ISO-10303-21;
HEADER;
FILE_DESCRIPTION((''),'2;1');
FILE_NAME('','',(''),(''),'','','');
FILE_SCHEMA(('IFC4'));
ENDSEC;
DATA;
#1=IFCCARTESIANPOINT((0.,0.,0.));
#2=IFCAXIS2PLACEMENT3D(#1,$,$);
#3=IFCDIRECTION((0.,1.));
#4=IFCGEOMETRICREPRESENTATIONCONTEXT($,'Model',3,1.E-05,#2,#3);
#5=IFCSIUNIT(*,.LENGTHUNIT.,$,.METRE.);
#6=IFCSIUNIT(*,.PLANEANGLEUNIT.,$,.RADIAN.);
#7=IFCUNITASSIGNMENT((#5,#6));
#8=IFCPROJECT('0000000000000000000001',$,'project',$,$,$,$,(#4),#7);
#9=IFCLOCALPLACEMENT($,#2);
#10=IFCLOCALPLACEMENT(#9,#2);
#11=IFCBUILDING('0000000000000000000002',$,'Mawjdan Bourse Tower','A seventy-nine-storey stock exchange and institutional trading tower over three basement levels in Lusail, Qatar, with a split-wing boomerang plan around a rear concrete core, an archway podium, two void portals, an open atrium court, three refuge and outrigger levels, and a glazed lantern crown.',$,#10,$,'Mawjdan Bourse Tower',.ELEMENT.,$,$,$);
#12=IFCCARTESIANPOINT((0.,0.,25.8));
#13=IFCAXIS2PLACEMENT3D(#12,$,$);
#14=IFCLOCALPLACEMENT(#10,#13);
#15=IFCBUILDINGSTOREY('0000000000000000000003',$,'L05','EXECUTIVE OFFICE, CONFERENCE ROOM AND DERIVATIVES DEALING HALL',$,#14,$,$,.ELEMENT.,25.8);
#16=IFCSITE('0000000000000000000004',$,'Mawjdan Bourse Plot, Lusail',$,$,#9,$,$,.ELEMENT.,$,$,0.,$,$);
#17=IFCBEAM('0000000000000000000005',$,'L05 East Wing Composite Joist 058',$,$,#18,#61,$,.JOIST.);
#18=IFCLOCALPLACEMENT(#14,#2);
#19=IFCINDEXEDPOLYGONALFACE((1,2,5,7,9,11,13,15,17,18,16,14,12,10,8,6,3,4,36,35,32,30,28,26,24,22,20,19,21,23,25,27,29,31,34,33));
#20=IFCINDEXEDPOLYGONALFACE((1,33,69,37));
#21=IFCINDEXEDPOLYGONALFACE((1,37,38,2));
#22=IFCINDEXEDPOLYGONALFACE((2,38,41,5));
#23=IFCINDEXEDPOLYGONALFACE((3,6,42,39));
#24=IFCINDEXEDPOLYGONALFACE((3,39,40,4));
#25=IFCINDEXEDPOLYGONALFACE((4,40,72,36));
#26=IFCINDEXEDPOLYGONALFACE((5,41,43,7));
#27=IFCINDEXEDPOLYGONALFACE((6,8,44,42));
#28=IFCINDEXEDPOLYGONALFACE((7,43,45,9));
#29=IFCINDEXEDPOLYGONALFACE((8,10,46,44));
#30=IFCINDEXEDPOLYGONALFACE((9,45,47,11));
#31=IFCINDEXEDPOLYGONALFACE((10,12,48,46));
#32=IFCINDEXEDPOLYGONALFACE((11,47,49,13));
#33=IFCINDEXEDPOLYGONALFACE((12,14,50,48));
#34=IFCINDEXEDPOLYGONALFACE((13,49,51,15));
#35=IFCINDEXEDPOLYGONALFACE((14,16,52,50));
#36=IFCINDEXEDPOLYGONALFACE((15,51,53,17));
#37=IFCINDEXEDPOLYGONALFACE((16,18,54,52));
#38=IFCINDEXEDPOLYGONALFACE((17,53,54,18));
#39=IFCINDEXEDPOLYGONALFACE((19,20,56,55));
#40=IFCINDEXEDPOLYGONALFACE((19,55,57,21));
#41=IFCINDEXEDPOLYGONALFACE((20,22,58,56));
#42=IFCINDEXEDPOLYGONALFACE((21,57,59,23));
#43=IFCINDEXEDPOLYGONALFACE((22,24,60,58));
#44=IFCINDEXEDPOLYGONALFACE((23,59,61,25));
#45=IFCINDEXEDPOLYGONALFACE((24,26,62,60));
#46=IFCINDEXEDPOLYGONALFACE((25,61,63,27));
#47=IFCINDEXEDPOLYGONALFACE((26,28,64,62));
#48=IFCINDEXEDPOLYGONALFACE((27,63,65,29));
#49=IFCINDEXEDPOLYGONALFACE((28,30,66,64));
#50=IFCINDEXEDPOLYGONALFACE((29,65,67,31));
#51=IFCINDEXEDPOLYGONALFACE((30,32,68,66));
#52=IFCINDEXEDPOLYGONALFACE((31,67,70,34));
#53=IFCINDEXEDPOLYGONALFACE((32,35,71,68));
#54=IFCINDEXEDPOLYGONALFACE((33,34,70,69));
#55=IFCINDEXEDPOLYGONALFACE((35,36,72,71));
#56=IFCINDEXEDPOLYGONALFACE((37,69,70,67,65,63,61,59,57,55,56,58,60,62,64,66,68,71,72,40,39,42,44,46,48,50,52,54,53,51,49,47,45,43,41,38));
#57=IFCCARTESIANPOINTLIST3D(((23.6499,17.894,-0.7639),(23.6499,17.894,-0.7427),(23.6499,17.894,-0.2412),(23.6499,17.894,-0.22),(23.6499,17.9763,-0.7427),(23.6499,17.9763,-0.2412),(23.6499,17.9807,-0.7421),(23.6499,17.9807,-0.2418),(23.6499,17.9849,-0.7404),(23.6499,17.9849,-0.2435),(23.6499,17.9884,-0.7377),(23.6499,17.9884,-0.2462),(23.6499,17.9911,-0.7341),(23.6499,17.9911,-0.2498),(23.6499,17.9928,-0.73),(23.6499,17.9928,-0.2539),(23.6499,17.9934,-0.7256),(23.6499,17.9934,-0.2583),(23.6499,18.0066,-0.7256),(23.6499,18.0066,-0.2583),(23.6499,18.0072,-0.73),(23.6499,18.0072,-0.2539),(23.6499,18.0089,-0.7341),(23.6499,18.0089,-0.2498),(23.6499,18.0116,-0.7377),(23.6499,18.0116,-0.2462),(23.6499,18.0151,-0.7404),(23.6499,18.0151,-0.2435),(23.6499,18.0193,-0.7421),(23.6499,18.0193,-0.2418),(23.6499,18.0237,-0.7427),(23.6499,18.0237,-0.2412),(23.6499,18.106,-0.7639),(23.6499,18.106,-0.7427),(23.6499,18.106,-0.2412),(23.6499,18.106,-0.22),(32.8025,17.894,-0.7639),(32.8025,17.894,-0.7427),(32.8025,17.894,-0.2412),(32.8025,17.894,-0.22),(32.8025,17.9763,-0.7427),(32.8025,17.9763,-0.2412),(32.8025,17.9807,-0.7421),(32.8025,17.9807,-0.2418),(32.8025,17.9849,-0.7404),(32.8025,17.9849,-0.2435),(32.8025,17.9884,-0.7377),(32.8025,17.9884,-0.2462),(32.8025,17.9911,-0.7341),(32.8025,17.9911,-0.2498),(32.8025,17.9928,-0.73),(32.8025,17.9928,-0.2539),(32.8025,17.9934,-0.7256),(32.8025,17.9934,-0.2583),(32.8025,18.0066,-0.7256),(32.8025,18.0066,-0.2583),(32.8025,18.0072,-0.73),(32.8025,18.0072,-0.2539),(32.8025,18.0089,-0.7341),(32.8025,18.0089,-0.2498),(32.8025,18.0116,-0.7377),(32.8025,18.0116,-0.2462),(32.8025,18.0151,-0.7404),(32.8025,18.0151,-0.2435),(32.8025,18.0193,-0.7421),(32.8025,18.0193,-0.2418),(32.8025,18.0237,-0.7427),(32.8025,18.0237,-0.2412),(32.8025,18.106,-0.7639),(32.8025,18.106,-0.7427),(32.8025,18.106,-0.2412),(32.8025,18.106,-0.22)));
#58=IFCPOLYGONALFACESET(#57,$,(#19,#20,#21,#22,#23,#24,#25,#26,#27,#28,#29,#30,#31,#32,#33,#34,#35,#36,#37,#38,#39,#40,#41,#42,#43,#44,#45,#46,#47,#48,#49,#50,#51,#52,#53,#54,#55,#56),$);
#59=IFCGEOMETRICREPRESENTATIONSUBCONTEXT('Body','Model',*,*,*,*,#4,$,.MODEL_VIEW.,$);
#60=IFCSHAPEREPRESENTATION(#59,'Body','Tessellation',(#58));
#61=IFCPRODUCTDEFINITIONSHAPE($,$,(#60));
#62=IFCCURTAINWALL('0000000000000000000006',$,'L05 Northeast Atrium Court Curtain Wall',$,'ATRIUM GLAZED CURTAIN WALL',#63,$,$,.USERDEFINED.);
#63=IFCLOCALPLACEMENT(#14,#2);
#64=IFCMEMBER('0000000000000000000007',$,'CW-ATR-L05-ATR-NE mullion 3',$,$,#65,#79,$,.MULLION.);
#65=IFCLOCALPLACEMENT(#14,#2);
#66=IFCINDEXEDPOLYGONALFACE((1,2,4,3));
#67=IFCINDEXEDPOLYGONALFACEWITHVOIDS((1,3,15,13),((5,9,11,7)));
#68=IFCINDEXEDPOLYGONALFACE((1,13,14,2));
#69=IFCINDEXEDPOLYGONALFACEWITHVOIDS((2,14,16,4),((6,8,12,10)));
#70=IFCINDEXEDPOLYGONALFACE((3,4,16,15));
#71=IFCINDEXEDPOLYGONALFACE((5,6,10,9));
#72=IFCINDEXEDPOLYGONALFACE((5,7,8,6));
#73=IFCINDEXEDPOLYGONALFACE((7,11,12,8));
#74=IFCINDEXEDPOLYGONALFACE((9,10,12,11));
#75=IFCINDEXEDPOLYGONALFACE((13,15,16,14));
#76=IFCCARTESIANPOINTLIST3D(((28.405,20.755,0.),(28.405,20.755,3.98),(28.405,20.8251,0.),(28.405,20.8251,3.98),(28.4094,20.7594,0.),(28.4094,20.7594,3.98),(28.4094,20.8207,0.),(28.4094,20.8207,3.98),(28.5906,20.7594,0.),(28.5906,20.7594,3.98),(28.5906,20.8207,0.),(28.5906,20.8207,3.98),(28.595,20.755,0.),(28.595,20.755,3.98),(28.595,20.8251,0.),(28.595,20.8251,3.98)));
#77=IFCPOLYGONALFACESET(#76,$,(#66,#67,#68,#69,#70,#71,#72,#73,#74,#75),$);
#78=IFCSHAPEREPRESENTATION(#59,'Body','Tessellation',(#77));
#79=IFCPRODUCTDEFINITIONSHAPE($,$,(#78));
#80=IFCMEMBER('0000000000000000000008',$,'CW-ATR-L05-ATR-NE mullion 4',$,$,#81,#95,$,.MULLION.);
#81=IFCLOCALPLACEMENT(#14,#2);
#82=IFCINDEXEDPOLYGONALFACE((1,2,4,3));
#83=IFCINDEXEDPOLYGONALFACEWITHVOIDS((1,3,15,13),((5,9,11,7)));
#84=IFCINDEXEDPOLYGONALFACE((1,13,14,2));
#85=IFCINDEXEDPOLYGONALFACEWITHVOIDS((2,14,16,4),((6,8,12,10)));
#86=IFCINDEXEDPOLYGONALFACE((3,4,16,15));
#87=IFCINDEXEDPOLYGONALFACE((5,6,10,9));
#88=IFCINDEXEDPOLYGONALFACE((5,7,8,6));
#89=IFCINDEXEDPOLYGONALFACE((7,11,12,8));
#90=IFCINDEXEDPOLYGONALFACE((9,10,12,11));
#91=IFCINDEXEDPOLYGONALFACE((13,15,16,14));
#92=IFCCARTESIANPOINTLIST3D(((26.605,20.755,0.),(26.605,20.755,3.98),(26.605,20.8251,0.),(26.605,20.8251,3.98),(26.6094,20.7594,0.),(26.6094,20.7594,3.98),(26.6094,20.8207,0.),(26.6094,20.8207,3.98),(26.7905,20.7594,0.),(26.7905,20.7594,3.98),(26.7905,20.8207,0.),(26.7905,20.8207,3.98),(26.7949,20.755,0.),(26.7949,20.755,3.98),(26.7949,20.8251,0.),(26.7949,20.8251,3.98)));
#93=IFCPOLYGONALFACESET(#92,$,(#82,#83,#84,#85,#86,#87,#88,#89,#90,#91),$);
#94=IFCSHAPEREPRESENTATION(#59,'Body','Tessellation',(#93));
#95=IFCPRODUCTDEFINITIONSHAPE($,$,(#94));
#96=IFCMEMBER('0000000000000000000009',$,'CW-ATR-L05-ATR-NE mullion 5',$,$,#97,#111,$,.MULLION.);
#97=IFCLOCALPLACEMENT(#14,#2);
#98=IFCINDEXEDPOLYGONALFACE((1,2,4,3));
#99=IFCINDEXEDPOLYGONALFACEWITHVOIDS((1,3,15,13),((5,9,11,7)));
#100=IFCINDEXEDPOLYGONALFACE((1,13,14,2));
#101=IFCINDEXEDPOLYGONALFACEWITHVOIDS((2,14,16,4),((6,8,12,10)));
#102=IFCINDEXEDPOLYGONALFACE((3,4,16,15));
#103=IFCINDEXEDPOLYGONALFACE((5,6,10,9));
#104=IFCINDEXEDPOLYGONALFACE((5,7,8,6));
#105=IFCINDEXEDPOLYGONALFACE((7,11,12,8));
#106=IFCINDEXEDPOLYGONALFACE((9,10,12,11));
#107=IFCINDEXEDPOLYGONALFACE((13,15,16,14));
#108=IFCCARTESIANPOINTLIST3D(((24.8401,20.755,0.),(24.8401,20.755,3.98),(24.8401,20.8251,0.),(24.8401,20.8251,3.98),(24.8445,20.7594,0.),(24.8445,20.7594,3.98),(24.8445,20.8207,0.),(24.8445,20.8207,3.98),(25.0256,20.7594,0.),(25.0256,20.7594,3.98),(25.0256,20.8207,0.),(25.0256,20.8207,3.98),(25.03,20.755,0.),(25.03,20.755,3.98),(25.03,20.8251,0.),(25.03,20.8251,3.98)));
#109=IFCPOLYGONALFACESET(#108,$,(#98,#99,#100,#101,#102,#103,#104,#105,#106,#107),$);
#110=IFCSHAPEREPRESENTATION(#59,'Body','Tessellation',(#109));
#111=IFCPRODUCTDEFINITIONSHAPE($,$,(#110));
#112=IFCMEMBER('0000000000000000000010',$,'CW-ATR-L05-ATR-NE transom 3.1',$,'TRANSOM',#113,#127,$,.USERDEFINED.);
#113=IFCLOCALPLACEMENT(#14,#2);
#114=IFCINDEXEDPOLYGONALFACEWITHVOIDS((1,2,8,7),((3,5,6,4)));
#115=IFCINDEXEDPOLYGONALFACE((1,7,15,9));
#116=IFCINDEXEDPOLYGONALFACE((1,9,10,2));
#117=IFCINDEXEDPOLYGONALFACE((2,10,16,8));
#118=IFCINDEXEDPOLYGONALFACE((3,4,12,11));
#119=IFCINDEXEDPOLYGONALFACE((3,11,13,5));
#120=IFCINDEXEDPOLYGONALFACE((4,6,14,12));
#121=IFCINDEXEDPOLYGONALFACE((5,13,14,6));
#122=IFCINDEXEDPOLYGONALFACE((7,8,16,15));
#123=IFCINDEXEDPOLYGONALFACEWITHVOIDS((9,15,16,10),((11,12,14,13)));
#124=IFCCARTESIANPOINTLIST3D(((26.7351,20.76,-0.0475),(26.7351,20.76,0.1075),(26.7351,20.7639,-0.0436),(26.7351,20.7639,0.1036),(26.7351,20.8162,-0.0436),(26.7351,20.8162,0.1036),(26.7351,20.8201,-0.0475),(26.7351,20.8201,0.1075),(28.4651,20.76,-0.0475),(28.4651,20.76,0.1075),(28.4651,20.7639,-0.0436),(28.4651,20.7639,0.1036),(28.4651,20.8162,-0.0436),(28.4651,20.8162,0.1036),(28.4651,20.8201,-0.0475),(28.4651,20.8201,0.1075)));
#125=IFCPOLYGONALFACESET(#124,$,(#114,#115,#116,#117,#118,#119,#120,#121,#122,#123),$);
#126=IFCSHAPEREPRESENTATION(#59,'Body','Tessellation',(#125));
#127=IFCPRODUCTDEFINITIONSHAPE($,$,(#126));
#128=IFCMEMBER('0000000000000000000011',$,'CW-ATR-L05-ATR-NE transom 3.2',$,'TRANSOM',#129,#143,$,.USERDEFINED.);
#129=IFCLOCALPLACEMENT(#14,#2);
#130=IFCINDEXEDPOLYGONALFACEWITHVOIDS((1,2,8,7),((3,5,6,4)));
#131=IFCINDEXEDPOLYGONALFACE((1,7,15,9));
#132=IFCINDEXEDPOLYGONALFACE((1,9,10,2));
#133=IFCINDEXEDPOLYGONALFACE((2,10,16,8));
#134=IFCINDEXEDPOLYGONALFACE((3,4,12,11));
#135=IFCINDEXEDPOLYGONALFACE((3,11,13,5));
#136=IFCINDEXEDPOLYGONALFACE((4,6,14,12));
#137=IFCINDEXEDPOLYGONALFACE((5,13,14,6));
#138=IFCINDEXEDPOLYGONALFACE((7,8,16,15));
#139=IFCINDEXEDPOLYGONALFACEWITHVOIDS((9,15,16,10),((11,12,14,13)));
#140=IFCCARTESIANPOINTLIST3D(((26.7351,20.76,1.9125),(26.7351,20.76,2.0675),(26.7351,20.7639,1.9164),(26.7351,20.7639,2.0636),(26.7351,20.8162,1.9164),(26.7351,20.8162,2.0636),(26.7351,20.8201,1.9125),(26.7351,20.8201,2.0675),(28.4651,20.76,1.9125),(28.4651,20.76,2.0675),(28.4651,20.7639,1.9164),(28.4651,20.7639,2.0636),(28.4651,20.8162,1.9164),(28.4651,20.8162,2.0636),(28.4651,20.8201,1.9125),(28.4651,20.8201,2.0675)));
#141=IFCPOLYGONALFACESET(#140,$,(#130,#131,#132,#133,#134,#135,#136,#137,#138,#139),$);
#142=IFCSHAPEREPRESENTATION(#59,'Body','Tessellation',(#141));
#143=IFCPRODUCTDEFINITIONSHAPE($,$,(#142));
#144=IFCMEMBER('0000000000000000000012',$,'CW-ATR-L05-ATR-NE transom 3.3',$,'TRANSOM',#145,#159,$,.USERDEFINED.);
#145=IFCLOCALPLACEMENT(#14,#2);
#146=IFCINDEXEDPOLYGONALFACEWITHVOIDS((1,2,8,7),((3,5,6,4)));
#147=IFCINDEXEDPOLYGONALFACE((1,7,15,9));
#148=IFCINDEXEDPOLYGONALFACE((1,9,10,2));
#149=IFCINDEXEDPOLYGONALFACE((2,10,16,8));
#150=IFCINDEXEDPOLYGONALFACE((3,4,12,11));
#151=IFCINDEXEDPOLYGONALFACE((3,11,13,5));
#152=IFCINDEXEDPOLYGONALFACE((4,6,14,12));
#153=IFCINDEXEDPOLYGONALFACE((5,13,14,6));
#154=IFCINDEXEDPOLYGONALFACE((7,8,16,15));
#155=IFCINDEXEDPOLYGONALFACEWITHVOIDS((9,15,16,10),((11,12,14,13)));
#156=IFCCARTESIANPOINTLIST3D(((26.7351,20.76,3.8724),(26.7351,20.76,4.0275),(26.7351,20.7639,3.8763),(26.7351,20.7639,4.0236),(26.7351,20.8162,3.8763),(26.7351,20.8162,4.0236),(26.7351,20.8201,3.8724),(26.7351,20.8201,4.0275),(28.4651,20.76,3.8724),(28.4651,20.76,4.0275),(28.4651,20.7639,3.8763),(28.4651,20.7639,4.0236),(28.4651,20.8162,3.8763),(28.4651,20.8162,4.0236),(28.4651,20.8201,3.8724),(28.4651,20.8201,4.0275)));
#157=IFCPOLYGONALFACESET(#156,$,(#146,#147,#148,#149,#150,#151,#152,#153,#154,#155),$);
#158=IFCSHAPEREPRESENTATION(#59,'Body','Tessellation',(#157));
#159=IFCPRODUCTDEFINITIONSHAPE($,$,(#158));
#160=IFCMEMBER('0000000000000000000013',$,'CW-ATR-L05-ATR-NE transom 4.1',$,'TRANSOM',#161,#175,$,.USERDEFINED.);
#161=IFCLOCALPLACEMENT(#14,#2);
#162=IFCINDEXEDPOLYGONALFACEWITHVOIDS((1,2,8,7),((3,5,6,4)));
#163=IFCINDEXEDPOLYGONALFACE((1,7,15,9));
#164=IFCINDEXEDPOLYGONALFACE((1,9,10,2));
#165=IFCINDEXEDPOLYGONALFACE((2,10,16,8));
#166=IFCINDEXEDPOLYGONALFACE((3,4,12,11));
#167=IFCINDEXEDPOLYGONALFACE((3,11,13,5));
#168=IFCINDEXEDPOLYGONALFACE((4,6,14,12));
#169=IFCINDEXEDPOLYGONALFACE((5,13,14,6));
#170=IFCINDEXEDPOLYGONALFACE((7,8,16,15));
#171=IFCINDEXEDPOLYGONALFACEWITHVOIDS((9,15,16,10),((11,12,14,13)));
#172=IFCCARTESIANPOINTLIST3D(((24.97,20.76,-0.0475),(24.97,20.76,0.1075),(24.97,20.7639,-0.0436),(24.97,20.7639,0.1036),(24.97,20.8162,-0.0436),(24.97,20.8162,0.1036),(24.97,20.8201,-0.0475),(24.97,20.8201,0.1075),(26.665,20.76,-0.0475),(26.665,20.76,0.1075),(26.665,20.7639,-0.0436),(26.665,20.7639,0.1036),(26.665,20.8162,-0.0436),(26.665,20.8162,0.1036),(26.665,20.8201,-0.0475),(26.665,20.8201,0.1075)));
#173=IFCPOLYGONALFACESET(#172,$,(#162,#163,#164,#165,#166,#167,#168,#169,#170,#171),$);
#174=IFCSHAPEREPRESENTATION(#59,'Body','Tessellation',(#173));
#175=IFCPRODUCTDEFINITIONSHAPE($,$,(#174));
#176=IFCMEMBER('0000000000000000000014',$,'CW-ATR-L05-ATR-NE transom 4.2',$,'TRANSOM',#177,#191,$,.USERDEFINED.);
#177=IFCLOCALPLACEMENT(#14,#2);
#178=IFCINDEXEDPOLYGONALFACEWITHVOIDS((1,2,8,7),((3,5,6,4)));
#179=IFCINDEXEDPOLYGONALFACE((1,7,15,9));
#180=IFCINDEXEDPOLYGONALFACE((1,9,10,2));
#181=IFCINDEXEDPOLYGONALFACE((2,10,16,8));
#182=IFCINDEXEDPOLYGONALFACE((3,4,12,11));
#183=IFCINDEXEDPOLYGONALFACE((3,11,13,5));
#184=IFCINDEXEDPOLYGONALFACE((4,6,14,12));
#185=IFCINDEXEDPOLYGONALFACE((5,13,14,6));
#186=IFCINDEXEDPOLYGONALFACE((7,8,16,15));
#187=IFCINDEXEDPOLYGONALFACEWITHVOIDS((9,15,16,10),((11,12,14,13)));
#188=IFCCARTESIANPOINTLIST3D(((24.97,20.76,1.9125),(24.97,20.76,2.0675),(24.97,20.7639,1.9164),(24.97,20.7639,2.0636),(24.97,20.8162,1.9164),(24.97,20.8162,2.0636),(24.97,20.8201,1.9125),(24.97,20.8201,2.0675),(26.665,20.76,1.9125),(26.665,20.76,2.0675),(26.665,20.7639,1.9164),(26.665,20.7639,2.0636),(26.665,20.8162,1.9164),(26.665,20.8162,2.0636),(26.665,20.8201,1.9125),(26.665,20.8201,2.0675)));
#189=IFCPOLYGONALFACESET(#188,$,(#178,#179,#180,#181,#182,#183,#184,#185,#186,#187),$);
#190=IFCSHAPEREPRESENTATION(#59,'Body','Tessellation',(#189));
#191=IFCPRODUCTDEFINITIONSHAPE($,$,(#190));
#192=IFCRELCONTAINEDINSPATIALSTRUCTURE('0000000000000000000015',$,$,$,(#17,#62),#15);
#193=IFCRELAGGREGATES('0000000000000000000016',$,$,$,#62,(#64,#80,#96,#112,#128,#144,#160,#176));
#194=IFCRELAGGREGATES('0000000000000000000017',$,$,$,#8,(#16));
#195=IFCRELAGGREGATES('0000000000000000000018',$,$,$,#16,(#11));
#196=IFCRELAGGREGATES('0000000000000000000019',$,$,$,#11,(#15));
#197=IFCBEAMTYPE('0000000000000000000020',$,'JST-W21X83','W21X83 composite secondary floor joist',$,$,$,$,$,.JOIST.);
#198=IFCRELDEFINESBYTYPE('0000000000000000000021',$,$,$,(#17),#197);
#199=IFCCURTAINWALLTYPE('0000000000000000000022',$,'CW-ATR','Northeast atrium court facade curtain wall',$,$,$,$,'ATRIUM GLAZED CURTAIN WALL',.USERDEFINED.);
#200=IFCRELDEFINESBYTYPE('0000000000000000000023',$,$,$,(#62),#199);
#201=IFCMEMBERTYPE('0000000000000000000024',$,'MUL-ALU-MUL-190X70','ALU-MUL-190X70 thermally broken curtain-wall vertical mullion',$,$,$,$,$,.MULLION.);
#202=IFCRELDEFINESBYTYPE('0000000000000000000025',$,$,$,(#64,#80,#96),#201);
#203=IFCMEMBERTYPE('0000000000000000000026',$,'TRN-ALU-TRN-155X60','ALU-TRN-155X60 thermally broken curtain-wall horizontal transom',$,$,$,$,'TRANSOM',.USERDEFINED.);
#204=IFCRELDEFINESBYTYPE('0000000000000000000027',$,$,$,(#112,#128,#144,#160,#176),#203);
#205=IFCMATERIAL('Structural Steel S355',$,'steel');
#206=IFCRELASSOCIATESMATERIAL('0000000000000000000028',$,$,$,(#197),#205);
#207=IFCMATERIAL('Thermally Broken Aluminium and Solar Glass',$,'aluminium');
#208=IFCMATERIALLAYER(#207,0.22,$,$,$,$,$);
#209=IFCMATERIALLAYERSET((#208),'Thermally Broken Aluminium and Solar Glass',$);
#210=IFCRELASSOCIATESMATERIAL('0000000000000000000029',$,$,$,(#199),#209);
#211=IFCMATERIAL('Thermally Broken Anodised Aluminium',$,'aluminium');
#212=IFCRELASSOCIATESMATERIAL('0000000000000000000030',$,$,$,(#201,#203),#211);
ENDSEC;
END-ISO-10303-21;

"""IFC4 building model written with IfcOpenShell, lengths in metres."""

from ifc_helpers import new_model, si_unit, direction, frame, origin, origin_2d, place, context, subcontext, project, spatial, hollow_rectangle, i_section, extrude, material, layer, layer_set, material_profile, profile_set, type_object, element, aggregate, save


model = new_model("IFC4")

# Units and contexts
model_context = context("Model", 3, precision=1e-05, world=origin(), true_north=direction((0.0, 1.0)))
body_context = subcontext(model_context, "Body", "Model", "MODEL_VIEW")
ifc_project = project(units=[si_unit("LENGTHUNIT", "METRE"), si_unit("PLANEANGLEUNIT", "RADIAN")], contexts=[model_context])

# Site, building, storey
site_placement = place(None, origin())
site = spatial("IfcSite", under=ifc_project, at=site_placement, Name="Mawjdan Bourse Plot, Lusail", CompositionType="ELEMENT", RefElevation=0.0)
building_placement = place(site_placement, origin())
building = spatial("IfcBuilding", under=site, at=building_placement, Name="Mawjdan Bourse Tower", Description="A seventy-nine-storey stock exchange and institutional trading tower over three basement levels in Lusail, Qatar, with a split-wing boomerang plan around a rear concrete core, an archway podium, two void portals, an open atrium court, three refuge and outrigger levels, and a glazed lantern crown.", LongName="Mawjdan Bourse Tower", CompositionType="ELEMENT")
storey_placement = place(building_placement, frame((0.0, 0.0, 25.8)))
storey = spatial("IfcBuildingStorey", under=building, at=storey_placement, Name="L05", Description="EXECUTIVE OFFICE, CONFERENCE ROOM AND DERIVATIVES DEALING HALL", CompositionType="ELEMENT", Elevation=25.8)

# Beam
ifc_material_1 = material(Name="Structural Steel S355", Category="steel")
ifc_material_profile_1 = material_profile(ifc_material_1, i_section(OverallWidth=0.2119, OverallDepth=0.5439, WebThickness=0.0132, FlangeThickness=0.0212, FilletRadius=0.0171, at=origin_2d()), Name="W21X83")
ifc_profile_set_1 = profile_set([ifc_material_profile_1], Name="Structural Steel S355")
beam_type = type_object("IfcBeamType", Name="JST-W21X83", Description="W21X83 composite secondary floor joist", PredefinedType="JOIST", material=ifc_profile_set_1)
beam_placement = place(storey_placement, frame((23.6499, 18.0, -0.4919), z_axis=(1.0, 0.0, 0.0), x_axis=(0.0, 1.0, 0.0)))
element("IfcBeam", 1, at=beam_placement, inside=storey, type_object=beam_type, Name="L05 East Wing Composite Joist 058", PredefinedType="JOIST", context=body_context, shape_type="SweptSolid", body=[
    extrude(i_section(OverallWidth=0.2119, OverallDepth=0.5439, WebThickness=0.0132, FlangeThickness=0.0212, FilletRadius=0.0171, at=origin_2d()), origin(), (0.0, 0.0, 1.0), 9.1526),
])

# Curtain wall, members
ifc_material_2 = material(Name="Thermally Broken Aluminium and Solar Glass", Category="aluminium")
ifc_layer_1 = layer(ifc_material_2, 0.22)
ifc_layer_set_1 = layer_set([ifc_layer_1], Name="Thermally Broken Aluminium and Solar Glass")
curtain_wall_type = type_object("IfcCurtainWallType", Name="CW-ATR", Description="Northeast atrium court facade curtain wall", ElementType="ATRIUM GLAZED CURTAIN WALL", PredefinedType="USERDEFINED", material=ifc_layer_set_1)
curtain_wall_placement = place(storey_placement, origin())
curtain_wall = element("IfcCurtainWall", 2, at=curtain_wall_placement, inside=storey, type_object=curtain_wall_type, Name="L05 Northeast Atrium Court Curtain Wall", ObjectType="ATRIUM GLAZED CURTAIN WALL", PredefinedType="USERDEFINED")
ifc_material_3 = material(Name="Thermally Broken Anodised Aluminium", Category="aluminium")
ifc_material_profile_2 = material_profile(ifc_material_3, hollow_rectangle(XDim=0.0701, YDim=0.1899, WallThickness=0.0044, at=origin_2d()), Name="ALU-MUL-190X70")
ifc_profile_set_2 = profile_set([ifc_material_profile_2], Name="Thermally Broken Anodised Aluminium")
member_type_1 = type_object("IfcMemberType", Name="MUL-ALU-MUL-190X70", Description="ALU-MUL-190X70 thermally broken curtain-wall vertical mullion", PredefinedType="MULLION", material=ifc_profile_set_2)
member_1_placement = place(storey_placement, frame((28.5, 20.79, 0.0), z_axis=(0.0, 0.0, 1.0), x_axis=(0.0, -1.0, 0.0)))
member_1 = element("IfcMember", 3, at=member_1_placement, type_object=member_type_1, Name="CW-ATR-L05-ATR-NE mullion 3", PredefinedType="MULLION", context=body_context, shape_type="SweptSolid", body=[
    extrude(hollow_rectangle(XDim=0.0701, YDim=0.1899, WallThickness=0.0044, at=origin_2d()), origin(), (0.0, 0.0, 1.0), 3.98),
])
member_2_placement = place(storey_placement, frame((26.7, 20.79, 0.0), z_axis=(0.0, 0.0, 1.0), x_axis=(0.0, -1.0, 0.0)))
member_2 = element("IfcMember", 4, at=member_2_placement, type_object=member_type_1, Name="CW-ATR-L05-ATR-NE mullion 4", PredefinedType="MULLION", context=body_context, shape_type="SweptSolid", body=[
    extrude(hollow_rectangle(XDim=0.0701, YDim=0.1899, WallThickness=0.0044, at=origin_2d()), origin(), (0.0, 0.0, 1.0), 3.98),
])
member_3_placement = place(storey_placement, frame((24.9351, 20.79, 0.0), z_axis=(0.0, 0.0, 1.0), x_axis=(0.0, -1.0, 0.0)))
member_3 = element("IfcMember", 5, at=member_3_placement, type_object=member_type_1, Name="CW-ATR-L05-ATR-NE mullion 5", PredefinedType="MULLION", context=body_context, shape_type="SweptSolid", body=[
    extrude(hollow_rectangle(XDim=0.0701, YDim=0.1899, WallThickness=0.0044, at=origin_2d()), origin(), (0.0, 0.0, 1.0), 3.98),
])
ifc_material_profile_3 = material_profile(ifc_material_3, hollow_rectangle(XDim=0.0601, YDim=0.155, WallThickness=0.0039, at=origin_2d()), Name="ALU-TRN-155X60")
ifc_profile_set_3 = profile_set([ifc_material_profile_3], Name="Thermally Broken Anodised Aluminium")
member_type_2 = type_object("IfcMemberType", Name="TRN-ALU-TRN-155X60", Description="ALU-TRN-155X60 thermally broken curtain-wall horizontal transom", ElementType="TRANSOM", PredefinedType="USERDEFINED", material=ifc_profile_set_3)
member_4_placement = place(storey_placement, frame((28.4651, 20.79, 0.03), z_axis=(-1.0, 0.0, 0.0), x_axis=(0.0, -1.0, 0.0)))
member_4 = element("IfcMember", 6, at=member_4_placement, type_object=member_type_2, Name="CW-ATR-L05-ATR-NE transom 3.1", ObjectType="TRANSOM", PredefinedType="USERDEFINED", context=body_context, shape_type="SweptSolid", body=[
    extrude(hollow_rectangle(XDim=0.0601, YDim=0.155, WallThickness=0.0039, at=origin_2d()), origin(), (0.0, 0.0, 1.0), 1.73),
])
member_5_placement = place(storey_placement, frame((28.4651, 20.79, 1.99), z_axis=(-1.0, 0.0, 0.0), x_axis=(0.0, -1.0, 0.0)))
member_5 = element("IfcMember", 7, at=member_5_placement, type_object=member_type_2, Name="CW-ATR-L05-ATR-NE transom 3.2", ObjectType="TRANSOM", PredefinedType="USERDEFINED", context=body_context, shape_type="SweptSolid", body=[
    extrude(hollow_rectangle(XDim=0.0601, YDim=0.155, WallThickness=0.0039, at=origin_2d()), origin(), (0.0, 0.0, 1.0), 1.73),
])
member_6_placement = place(storey_placement, frame((28.4651, 20.79, 3.95), z_axis=(-1.0, 0.0, 0.0), x_axis=(0.0, -1.0, 0.0)))
member_6 = element("IfcMember", 8, at=member_6_placement, type_object=member_type_2, Name="CW-ATR-L05-ATR-NE transom 3.3", ObjectType="TRANSOM", PredefinedType="USERDEFINED", context=body_context, shape_type="SweptSolid", body=[
    extrude(hollow_rectangle(XDim=0.0601, YDim=0.155, WallThickness=0.0039, at=origin_2d()), origin(), (0.0, 0.0, 1.0), 1.73),
])
member_7_placement = place(storey_placement, frame((26.665, 20.79, 0.03), z_axis=(-1.0, 0.0, 0.0), x_axis=(0.0, -1.0, 0.0)))
member_7 = element("IfcMember", 9, at=member_7_placement, type_object=member_type_2, Name="CW-ATR-L05-ATR-NE transom 4.1", ObjectType="TRANSOM", PredefinedType="USERDEFINED", context=body_context, shape_type="SweptSolid", body=[
    extrude(hollow_rectangle(XDim=0.0601, YDim=0.155, WallThickness=0.0039, at=origin_2d()), origin(), (0.0, 0.0, 1.0), 1.6951),
])
member_8_placement = place(storey_placement, frame((26.665, 20.79, 1.99), z_axis=(-1.0, 0.0, 0.0), x_axis=(0.0, -1.0, 0.0)))
member_8 = element("IfcMember", 10, at=member_8_placement, type_object=member_type_2, Name="CW-ATR-L05-ATR-NE transom 4.2", ObjectType="TRANSOM", PredefinedType="USERDEFINED", context=body_context, shape_type="SweptSolid", body=[
    extrude(hollow_rectangle(XDim=0.0601, YDim=0.155, WallThickness=0.0039, at=origin_2d()), origin(), (0.0, 0.0, 1.0), 1.6951),
])
aggregate(curtain_wall, [member_1, member_2, member_3, member_4, member_5, member_6, member_7, member_8])

save(model, "model.ifc")
